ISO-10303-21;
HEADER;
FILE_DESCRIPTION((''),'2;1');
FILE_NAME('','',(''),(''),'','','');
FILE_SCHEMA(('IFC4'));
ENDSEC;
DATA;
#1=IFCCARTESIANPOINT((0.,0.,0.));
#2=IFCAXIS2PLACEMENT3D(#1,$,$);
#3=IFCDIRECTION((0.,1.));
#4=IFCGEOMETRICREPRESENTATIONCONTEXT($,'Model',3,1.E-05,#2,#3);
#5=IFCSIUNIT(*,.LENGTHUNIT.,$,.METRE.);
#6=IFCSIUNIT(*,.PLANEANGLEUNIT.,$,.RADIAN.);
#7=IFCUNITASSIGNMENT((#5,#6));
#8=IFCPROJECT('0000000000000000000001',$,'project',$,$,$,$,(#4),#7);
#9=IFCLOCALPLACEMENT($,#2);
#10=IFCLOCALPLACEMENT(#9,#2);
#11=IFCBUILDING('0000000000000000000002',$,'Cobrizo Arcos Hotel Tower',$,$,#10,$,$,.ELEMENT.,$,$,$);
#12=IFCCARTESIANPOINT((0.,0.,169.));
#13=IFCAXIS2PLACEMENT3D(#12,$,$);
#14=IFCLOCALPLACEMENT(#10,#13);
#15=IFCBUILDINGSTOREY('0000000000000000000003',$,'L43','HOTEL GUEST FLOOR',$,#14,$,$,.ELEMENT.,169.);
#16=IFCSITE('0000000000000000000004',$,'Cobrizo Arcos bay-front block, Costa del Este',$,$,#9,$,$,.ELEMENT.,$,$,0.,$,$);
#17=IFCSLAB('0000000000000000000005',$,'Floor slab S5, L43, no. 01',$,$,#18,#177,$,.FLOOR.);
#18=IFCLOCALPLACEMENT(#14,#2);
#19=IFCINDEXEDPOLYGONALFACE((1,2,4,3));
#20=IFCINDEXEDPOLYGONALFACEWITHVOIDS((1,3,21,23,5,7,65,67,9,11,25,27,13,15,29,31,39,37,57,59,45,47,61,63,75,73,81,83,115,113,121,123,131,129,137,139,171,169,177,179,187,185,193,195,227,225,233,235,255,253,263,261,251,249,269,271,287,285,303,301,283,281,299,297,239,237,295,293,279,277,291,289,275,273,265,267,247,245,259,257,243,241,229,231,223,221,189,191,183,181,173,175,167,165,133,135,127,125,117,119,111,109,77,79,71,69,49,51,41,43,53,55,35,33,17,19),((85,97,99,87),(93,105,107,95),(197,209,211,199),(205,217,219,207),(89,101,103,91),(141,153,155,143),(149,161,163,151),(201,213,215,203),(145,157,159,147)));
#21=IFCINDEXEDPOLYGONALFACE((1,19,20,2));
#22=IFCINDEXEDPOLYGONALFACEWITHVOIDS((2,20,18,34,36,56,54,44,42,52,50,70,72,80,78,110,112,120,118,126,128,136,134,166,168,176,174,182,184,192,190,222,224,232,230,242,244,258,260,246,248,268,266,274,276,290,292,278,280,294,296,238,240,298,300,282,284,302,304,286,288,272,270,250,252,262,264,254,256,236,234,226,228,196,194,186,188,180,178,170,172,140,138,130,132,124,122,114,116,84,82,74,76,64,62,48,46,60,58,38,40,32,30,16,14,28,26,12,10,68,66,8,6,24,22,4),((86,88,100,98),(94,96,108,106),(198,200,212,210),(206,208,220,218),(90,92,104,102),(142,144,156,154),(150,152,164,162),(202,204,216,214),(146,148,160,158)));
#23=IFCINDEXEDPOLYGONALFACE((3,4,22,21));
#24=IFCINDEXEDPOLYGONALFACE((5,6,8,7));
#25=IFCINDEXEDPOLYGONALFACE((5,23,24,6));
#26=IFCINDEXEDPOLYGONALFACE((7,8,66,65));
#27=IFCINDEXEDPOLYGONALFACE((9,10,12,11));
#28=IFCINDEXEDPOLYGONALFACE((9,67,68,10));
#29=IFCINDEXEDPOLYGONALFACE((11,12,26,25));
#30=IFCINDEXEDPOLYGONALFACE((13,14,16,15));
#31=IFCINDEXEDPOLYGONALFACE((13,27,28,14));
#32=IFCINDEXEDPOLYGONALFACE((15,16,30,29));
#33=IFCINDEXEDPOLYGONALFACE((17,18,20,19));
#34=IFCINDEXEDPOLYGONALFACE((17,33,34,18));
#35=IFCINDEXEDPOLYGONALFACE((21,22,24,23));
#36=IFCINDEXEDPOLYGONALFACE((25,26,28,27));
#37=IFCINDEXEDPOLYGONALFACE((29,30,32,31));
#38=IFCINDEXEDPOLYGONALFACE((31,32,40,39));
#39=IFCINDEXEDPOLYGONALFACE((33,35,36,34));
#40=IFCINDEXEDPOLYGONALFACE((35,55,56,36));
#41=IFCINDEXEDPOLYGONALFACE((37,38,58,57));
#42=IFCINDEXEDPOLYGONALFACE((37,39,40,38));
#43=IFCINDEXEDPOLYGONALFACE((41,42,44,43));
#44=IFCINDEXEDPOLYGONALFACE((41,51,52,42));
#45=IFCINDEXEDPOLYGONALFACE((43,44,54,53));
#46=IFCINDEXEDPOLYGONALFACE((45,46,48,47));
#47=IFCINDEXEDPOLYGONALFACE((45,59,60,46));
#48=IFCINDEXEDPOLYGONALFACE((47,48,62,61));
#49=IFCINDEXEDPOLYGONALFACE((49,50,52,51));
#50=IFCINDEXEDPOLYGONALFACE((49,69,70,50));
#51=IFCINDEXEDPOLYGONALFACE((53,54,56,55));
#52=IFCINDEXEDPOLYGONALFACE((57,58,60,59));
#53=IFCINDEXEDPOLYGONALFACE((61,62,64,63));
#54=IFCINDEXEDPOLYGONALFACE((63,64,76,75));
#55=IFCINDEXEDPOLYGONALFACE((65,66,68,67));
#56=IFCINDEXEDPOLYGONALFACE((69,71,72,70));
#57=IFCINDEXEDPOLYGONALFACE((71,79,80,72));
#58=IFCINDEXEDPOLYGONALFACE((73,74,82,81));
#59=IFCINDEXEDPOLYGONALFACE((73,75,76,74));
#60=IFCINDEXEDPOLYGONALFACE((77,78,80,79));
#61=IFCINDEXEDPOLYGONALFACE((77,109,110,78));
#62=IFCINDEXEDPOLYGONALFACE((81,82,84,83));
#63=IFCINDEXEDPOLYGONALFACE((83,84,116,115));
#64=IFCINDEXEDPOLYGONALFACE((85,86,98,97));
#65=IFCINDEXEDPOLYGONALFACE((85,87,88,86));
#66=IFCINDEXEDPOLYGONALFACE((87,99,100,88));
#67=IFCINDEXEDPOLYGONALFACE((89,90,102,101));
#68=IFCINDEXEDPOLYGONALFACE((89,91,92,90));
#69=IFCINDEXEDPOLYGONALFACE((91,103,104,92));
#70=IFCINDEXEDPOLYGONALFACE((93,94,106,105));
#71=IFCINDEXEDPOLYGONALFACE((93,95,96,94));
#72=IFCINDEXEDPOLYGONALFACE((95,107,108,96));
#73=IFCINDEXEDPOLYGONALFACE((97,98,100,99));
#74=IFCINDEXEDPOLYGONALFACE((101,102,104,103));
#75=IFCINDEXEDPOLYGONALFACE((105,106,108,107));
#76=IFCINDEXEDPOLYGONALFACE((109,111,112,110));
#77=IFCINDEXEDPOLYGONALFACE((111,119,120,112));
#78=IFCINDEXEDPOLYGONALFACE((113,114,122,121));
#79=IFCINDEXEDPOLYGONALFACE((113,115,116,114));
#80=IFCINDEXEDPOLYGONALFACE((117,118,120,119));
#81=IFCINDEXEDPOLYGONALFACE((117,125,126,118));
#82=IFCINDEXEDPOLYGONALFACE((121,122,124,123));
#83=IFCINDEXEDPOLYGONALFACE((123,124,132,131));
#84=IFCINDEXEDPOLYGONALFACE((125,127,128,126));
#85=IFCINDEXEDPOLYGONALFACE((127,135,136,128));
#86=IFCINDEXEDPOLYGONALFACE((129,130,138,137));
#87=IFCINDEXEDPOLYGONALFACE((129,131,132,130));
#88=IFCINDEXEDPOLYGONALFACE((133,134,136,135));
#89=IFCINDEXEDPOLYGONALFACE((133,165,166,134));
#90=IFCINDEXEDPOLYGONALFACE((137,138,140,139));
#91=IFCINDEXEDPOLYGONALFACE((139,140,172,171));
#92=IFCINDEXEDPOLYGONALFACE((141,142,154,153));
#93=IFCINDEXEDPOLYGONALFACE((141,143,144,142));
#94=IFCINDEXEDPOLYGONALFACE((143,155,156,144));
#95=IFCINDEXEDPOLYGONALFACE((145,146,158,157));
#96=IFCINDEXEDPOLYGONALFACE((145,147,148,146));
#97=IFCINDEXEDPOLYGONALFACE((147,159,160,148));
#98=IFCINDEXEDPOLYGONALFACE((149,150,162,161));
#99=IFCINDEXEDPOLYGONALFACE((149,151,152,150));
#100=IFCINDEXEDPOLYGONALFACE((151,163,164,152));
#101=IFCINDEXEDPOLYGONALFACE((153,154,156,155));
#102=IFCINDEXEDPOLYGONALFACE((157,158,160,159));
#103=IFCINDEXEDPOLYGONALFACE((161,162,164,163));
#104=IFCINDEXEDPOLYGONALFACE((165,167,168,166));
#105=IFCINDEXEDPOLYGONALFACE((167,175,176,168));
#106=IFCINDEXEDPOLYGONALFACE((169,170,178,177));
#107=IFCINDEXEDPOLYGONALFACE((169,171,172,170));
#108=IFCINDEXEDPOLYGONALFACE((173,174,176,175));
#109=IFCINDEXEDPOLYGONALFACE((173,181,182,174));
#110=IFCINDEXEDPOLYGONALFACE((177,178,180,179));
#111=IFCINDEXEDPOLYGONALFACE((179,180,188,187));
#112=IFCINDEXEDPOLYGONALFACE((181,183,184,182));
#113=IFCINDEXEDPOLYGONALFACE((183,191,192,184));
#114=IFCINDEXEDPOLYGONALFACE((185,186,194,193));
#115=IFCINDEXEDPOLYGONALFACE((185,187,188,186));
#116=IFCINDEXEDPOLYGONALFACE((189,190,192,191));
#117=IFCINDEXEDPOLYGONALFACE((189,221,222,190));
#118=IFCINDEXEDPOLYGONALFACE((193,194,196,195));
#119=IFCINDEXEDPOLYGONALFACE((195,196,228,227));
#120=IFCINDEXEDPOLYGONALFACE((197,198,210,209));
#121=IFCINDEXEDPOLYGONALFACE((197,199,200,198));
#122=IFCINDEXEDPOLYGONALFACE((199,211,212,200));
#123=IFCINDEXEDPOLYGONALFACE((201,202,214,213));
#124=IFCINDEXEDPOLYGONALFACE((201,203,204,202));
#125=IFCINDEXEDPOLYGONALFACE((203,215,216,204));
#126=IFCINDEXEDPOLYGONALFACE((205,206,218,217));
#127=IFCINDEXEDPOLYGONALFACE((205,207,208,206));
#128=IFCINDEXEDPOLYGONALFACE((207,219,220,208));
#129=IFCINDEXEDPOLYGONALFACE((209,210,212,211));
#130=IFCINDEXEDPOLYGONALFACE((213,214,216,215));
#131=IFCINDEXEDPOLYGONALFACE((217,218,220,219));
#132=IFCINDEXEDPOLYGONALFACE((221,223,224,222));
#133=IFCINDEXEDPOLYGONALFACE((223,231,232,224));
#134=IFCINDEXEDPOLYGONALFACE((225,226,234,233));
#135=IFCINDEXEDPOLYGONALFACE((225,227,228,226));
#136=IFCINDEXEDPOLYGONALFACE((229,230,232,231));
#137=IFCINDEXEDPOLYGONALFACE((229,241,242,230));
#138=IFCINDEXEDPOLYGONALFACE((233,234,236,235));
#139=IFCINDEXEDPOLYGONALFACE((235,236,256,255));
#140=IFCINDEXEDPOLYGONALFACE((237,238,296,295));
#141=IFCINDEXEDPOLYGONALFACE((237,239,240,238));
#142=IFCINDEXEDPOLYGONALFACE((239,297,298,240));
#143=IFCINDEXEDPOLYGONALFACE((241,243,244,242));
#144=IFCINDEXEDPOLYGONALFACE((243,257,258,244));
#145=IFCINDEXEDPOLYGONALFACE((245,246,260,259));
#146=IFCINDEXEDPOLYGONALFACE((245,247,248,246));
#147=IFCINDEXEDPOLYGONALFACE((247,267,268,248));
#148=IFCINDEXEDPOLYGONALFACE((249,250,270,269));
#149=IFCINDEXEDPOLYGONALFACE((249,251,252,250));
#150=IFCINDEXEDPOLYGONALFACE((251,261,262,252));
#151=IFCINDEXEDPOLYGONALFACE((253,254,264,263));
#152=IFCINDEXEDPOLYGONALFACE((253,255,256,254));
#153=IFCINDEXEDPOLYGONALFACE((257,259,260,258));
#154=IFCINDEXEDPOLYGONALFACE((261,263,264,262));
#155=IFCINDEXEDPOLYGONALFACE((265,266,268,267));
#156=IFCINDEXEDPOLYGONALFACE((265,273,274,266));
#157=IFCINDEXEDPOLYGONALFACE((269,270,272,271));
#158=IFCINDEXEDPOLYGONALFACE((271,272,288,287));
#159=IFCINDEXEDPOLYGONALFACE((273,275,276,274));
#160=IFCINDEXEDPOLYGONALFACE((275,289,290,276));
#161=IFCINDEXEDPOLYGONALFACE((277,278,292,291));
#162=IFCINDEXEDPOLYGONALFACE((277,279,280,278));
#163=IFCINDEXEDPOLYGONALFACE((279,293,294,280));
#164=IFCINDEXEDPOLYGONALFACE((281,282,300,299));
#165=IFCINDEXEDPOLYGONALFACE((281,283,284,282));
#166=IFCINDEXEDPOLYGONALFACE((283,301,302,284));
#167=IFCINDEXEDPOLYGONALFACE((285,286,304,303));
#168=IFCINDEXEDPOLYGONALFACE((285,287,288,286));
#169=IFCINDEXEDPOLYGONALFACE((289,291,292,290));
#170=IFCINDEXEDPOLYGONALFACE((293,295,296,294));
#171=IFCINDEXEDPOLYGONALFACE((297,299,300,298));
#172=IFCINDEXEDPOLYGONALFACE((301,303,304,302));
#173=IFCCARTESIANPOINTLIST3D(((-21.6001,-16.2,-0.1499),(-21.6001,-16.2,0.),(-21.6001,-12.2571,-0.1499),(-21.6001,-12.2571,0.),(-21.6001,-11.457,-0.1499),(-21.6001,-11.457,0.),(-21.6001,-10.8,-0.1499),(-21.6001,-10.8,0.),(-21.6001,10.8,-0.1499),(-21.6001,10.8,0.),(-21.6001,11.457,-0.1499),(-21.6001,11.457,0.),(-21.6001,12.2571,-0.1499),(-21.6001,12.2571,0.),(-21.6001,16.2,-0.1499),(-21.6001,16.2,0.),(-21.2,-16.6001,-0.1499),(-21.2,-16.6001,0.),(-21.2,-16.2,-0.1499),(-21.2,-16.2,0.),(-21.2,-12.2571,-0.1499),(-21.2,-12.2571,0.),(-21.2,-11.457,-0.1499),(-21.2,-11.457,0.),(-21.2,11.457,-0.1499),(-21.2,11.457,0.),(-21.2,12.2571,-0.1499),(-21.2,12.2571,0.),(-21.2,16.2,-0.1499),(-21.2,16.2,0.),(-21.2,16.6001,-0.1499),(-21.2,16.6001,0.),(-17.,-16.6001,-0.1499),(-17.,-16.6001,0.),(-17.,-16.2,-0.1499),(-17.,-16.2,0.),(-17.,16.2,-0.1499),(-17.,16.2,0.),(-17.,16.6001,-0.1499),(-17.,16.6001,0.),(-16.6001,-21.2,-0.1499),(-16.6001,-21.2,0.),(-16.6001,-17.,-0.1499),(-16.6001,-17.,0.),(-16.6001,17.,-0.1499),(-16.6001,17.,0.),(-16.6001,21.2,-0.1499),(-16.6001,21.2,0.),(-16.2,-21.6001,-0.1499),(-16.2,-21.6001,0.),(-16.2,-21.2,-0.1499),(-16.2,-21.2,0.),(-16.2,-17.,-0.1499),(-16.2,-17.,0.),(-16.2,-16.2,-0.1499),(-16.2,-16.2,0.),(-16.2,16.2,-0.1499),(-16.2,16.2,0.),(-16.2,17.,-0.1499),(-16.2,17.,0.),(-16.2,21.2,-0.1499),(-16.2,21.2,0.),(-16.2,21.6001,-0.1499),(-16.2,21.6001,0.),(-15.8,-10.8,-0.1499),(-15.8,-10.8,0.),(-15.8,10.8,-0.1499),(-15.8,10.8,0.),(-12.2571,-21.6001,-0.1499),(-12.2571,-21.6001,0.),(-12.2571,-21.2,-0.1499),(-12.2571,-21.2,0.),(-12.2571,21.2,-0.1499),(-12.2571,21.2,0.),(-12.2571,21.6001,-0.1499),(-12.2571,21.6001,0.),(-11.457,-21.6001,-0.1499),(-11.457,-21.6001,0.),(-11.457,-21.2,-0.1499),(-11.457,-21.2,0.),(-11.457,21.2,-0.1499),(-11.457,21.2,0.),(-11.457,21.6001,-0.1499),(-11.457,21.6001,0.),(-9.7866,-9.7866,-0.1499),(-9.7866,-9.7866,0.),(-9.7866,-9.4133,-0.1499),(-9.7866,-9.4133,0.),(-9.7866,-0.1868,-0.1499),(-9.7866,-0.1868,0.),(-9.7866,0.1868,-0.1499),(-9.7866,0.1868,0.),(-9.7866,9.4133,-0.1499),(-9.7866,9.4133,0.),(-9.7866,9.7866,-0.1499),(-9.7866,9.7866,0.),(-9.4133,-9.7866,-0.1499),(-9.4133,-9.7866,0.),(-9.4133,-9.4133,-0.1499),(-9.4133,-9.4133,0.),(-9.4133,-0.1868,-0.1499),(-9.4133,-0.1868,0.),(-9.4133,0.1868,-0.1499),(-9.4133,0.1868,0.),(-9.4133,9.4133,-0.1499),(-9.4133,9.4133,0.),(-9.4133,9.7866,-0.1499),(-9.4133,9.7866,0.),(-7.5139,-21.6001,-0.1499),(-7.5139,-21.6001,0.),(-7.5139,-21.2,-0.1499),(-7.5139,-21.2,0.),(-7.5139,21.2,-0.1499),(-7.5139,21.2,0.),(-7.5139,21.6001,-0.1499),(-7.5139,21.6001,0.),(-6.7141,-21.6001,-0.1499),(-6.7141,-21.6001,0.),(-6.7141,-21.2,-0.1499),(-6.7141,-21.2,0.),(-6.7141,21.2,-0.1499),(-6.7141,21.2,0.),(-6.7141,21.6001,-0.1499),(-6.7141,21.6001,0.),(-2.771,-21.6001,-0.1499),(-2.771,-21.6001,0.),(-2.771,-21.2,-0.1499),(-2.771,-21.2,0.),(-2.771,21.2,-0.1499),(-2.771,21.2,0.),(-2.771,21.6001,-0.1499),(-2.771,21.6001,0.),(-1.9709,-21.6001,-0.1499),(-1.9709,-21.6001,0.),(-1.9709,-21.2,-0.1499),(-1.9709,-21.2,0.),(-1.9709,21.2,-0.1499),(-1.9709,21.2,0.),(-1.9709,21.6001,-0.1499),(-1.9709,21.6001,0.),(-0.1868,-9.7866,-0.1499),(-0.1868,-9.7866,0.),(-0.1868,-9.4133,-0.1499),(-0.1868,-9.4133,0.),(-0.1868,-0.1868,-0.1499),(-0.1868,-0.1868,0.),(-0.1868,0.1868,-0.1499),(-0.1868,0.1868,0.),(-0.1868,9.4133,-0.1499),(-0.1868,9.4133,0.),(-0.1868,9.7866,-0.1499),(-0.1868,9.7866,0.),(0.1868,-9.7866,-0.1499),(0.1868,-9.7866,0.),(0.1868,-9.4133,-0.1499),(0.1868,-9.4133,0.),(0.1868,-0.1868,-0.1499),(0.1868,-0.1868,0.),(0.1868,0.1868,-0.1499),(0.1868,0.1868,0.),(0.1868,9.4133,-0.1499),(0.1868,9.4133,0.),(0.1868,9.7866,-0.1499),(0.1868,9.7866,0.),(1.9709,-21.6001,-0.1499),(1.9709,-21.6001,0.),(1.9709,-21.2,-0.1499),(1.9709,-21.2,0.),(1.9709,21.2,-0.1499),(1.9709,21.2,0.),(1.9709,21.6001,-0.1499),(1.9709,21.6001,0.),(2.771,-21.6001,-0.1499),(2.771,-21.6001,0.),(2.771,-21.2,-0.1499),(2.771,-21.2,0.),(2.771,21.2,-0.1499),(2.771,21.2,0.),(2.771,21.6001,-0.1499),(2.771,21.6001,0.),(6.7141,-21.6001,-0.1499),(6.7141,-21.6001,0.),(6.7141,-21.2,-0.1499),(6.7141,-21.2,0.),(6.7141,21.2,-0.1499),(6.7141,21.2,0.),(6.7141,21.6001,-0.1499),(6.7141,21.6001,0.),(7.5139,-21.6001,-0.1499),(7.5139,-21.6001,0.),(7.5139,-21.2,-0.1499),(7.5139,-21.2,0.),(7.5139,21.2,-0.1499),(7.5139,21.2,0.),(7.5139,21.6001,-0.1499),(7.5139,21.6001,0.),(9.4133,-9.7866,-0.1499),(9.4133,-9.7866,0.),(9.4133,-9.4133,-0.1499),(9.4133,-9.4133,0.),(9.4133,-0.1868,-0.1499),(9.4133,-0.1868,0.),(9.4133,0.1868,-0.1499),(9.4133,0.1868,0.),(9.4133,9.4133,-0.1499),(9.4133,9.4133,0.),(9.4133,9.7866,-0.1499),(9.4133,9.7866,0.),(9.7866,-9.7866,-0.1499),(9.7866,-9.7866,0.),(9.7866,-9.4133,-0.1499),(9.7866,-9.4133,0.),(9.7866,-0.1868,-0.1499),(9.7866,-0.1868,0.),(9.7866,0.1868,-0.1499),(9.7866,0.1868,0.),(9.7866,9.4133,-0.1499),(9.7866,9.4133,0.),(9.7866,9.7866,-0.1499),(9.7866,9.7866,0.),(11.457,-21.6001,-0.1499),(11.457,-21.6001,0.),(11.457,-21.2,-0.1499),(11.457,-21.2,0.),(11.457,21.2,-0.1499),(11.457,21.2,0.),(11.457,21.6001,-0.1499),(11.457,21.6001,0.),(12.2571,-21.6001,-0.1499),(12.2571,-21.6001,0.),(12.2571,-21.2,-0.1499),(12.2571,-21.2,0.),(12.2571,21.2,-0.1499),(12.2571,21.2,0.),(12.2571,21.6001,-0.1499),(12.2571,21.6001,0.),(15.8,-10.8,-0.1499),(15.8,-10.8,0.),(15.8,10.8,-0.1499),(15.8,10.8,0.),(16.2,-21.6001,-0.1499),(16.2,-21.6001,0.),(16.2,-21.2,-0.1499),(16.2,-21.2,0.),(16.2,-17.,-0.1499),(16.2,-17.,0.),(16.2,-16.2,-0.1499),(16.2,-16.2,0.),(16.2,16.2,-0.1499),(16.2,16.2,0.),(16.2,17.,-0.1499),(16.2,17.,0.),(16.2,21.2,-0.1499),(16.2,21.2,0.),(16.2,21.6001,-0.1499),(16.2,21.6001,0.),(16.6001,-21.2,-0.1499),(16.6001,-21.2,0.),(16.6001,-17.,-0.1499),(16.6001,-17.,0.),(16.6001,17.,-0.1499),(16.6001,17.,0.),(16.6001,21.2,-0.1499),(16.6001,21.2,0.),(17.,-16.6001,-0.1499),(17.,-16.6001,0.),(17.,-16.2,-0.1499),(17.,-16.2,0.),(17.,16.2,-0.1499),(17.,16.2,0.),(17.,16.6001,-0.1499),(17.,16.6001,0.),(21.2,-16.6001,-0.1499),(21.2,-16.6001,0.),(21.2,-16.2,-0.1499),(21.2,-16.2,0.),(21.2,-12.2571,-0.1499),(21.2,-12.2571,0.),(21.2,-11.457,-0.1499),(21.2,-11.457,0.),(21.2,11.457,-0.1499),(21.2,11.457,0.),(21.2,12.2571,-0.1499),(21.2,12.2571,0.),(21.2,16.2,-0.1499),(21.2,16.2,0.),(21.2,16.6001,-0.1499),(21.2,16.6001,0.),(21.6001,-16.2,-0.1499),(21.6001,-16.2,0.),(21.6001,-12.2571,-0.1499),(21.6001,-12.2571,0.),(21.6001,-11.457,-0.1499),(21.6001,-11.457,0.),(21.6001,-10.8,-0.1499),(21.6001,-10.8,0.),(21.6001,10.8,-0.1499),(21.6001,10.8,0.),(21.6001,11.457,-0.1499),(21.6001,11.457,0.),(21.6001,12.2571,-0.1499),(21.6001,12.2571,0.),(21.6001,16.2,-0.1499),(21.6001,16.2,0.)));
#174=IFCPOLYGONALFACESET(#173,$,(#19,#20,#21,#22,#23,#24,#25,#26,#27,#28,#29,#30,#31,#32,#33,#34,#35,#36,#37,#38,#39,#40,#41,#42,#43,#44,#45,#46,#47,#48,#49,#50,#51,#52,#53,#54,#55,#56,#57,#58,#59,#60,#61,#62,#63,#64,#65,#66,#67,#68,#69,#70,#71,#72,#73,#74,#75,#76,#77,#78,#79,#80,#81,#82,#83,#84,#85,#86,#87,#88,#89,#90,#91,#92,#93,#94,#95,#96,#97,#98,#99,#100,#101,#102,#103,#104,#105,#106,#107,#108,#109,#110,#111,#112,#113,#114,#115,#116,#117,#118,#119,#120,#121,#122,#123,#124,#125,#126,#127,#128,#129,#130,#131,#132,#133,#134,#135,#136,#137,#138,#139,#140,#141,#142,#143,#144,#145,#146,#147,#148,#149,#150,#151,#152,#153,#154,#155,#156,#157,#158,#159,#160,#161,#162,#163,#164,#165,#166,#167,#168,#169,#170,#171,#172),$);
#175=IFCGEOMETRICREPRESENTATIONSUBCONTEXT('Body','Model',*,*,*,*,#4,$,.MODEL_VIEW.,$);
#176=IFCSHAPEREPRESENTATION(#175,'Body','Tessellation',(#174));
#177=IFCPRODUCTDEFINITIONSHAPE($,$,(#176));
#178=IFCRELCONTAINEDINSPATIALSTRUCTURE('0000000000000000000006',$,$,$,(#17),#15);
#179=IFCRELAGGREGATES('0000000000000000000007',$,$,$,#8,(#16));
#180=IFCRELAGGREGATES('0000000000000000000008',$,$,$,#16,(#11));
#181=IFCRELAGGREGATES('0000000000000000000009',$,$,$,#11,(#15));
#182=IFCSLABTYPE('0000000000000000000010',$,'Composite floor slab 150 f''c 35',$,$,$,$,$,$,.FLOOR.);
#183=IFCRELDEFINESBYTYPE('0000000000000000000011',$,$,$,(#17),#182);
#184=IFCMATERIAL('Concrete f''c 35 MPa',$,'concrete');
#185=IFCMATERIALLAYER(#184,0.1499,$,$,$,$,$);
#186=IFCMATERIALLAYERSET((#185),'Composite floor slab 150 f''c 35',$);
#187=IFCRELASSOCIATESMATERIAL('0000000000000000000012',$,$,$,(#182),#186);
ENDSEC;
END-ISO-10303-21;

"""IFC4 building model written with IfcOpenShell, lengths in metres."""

from ifc_helpers import new_model, si_unit, direction, frame, origin, place, context, subcontext, project, spatial, polyline, outline, extrude, material, layer, layer_set, type_object, element, save


model = new_model("IFC4")

# Units and contexts
model_context = context("Model", 3, precision=1e-05, world=origin(), true_north=direction((0.0, 1.0)))
body_context = subcontext(model_context, "Body", "Model", "MODEL_VIEW")
ifc_project = project(units=[si_unit("LENGTHUNIT", "METRE"), si_unit("PLANEANGLEUNIT", "RADIAN")], contexts=[model_context])

# Site, building, storey
site_placement = place(None, origin())
site = spatial("IfcSite", under=ifc_project, at=site_placement, Name="Cobrizo Arcos bay-front block, Costa del Este", CompositionType="ELEMENT", RefElevation=0.0)
building_placement = place(site_placement, origin())
building = spatial("IfcBuilding", under=site, at=building_placement, Name="Cobrizo Arcos Hotel Tower", CompositionType="ELEMENT")
storey_placement = place(building_placement, frame((0.0, 0.0, 169.0)))
storey = spatial("IfcBuildingStorey", under=building, at=storey_placement, Name="L43", Description="HOTEL GUEST FLOOR", CompositionType="ELEMENT", Elevation=169.0)

# Slab
ifc_material_1 = material(Name="Concrete f'c 35 MPa", Category="concrete")
ifc_layer_1 = layer(ifc_material_1, 0.1499)
ifc_layer_set_1 = layer_set([ifc_layer_1], Name="Composite floor slab 150 f'c 35")
slab_type_1 = type_object("IfcSlabType", Name="Composite floor slab 150 f'c 35", PredefinedType="FLOOR", material=ifc_layer_set_1)
slab_1_placement = place(storey_placement, frame((0.0, 0.0, -0.1499)))
element("IfcSlab", 1, at=slab_1_placement, inside=storey, type_object=slab_type_1, Name="Floor slab S5, L43, no. 01", PredefinedType="FLOOR", context=body_context, shape_type="SweptSolid", body=[
    extrude(outline(polyline([(-16.2, -21.6001), (-16.2, -21.2), (-16.6001, -21.2), (-16.6001, -17.0), (-16.2, -17.0), (-16.2, -16.2), (-17.0, -16.2), (-17.0, -16.6001), (-21.2, -16.6001), (-21.2, -16.2), (-21.6001, -16.2), (-21.6001, -12.2571), (-21.2, -12.2571), (-21.2, -11.457), (-21.6001, -11.457), (-21.6001, -10.8), (-15.8, -10.8), (-15.8, 10.8), (-21.6001, 10.8), (-21.6001, 11.457), (-21.2, 11.457), (-21.2, 12.2571), (-21.6001, 12.2571), (-21.6001, 16.2), (-21.2, 16.2), (-21.2, 16.6001), (-17.0, 16.6001), (-17.0, 16.2), (-16.2, 16.2), (-16.2, 17.0), (-16.6001, 17.0), (-16.6001, 21.2), (-16.2, 21.2), (-16.2, 21.6001), (-12.2571, 21.6001), (-12.2571, 21.2), (-11.457, 21.2), (-11.457, 21.6001), (-7.5139, 21.6001), (-7.5139, 21.2), (-6.7141, 21.2), (-6.7141, 21.6001), (-2.771, 21.6001), (-2.771, 21.2), (-1.9709, 21.2), (-1.9709, 21.6001), (1.9709, 21.6001), (1.9709, 21.2), (2.771, 21.2), (2.771, 21.6001), (6.7141, 21.6001), (6.7141, 21.2), (7.5139, 21.2), (7.5139, 21.6001), (11.457, 21.6001), (11.457, 21.2), (12.2571, 21.2), (12.2571, 21.6001), (16.2, 21.6001), (16.2, 21.2), (16.6001, 21.2), (16.6001, 17.0), (16.2, 17.0), (16.2, 16.2), (17.0, 16.2), (17.0, 16.6001), (21.2, 16.6001), (21.2, 16.2), (21.6001, 16.2), (21.6001, 12.2571), (21.2, 12.2571), (21.2, 11.457), (21.6001, 11.457), (21.6001, 10.8), (15.8, 10.8), (15.8, -10.8), (21.6001, -10.8), (21.6001, -11.457), (21.2, -11.457), (21.2, -12.2571), (21.6001, -12.2571), (21.6001, -16.2), (21.2, -16.2), (21.2, -16.6001), (17.0, -16.6001), (17.0, -16.2), (16.2, -16.2), (16.2, -17.0), (16.6001, -17.0), (16.6001, -21.2), (16.2, -21.2), (16.2, -21.6001), (12.2571, -21.6001), (12.2571, -21.2), (11.457, -21.2), (11.457, -21.6001), (7.5139, -21.6001), (7.5139, -21.2), (6.7141, -21.2), (6.7141, -21.6001), (2.771, -21.6001), (2.771, -21.2), (1.9709, -21.2), (1.9709, -21.6001), (-1.9709, -21.6001), (-1.9709, -21.2), (-2.771, -21.2), (-2.771, -21.6001), (-6.7141, -21.6001), (-6.7141, -21.2), (-7.5139, -21.2), (-7.5139, -21.6001), (-11.457, -21.6001), (-11.457, -21.2), (-12.2571, -21.2), (-12.2571, -21.6001), (-16.2, -21.6001)]), holes=[polyline([(-0.1868, -9.7866), (0.1868, -9.7866), (0.1868, -9.4133), (-0.1868, -9.4133), (-0.1868, -9.7866)]), polyline([(-9.7866, -9.7866), (-9.4133, -9.7866), (-9.4133, -9.4133), (-9.7866, -9.4133), (-9.7866, -9.7866)]), polyline([(-9.4133, -0.1868), (-9.4133, 0.1868), (-9.7866, 0.1868), (-9.7866, -0.1868), (-9.4133, -0.1868)]), polyline([(0.1868, -0.1868), (0.1868, 0.1868), (-0.1868, 0.1868), (-0.1868, -0.1868), (0.1868, -0.1868)]), polyline([(-9.7866, 9.4133), (-9.4133, 9.4133), (-9.4133, 9.7866), (-9.7866, 9.7866), (-9.7866, 9.4133)]), polyline([(9.4133, -9.7866), (9.7866, -9.7866), (9.7866, -9.4133), (9.4133, -9.4133), (9.4133, -9.7866)]), polyline([(9.4133, -0.1868), (9.7866, -0.1868), (9.7866, 0.1868), (9.4133, 0.1868), (9.4133, -0.1868)]), polyline([(9.7866, 9.4133), (9.7866, 9.7866), (9.4133, 9.7866), (9.4133, 9.4133), (9.7866, 9.4133)]), polyline([(0.1868, 9.4133), (0.1868, 9.7866), (-0.1868, 9.7866), (-0.1868, 9.4133), (0.1868, 9.4133)])]), origin(), (0.0, 0.0, 1.0), 0.1499),
])

save(model, "model.ifc")
